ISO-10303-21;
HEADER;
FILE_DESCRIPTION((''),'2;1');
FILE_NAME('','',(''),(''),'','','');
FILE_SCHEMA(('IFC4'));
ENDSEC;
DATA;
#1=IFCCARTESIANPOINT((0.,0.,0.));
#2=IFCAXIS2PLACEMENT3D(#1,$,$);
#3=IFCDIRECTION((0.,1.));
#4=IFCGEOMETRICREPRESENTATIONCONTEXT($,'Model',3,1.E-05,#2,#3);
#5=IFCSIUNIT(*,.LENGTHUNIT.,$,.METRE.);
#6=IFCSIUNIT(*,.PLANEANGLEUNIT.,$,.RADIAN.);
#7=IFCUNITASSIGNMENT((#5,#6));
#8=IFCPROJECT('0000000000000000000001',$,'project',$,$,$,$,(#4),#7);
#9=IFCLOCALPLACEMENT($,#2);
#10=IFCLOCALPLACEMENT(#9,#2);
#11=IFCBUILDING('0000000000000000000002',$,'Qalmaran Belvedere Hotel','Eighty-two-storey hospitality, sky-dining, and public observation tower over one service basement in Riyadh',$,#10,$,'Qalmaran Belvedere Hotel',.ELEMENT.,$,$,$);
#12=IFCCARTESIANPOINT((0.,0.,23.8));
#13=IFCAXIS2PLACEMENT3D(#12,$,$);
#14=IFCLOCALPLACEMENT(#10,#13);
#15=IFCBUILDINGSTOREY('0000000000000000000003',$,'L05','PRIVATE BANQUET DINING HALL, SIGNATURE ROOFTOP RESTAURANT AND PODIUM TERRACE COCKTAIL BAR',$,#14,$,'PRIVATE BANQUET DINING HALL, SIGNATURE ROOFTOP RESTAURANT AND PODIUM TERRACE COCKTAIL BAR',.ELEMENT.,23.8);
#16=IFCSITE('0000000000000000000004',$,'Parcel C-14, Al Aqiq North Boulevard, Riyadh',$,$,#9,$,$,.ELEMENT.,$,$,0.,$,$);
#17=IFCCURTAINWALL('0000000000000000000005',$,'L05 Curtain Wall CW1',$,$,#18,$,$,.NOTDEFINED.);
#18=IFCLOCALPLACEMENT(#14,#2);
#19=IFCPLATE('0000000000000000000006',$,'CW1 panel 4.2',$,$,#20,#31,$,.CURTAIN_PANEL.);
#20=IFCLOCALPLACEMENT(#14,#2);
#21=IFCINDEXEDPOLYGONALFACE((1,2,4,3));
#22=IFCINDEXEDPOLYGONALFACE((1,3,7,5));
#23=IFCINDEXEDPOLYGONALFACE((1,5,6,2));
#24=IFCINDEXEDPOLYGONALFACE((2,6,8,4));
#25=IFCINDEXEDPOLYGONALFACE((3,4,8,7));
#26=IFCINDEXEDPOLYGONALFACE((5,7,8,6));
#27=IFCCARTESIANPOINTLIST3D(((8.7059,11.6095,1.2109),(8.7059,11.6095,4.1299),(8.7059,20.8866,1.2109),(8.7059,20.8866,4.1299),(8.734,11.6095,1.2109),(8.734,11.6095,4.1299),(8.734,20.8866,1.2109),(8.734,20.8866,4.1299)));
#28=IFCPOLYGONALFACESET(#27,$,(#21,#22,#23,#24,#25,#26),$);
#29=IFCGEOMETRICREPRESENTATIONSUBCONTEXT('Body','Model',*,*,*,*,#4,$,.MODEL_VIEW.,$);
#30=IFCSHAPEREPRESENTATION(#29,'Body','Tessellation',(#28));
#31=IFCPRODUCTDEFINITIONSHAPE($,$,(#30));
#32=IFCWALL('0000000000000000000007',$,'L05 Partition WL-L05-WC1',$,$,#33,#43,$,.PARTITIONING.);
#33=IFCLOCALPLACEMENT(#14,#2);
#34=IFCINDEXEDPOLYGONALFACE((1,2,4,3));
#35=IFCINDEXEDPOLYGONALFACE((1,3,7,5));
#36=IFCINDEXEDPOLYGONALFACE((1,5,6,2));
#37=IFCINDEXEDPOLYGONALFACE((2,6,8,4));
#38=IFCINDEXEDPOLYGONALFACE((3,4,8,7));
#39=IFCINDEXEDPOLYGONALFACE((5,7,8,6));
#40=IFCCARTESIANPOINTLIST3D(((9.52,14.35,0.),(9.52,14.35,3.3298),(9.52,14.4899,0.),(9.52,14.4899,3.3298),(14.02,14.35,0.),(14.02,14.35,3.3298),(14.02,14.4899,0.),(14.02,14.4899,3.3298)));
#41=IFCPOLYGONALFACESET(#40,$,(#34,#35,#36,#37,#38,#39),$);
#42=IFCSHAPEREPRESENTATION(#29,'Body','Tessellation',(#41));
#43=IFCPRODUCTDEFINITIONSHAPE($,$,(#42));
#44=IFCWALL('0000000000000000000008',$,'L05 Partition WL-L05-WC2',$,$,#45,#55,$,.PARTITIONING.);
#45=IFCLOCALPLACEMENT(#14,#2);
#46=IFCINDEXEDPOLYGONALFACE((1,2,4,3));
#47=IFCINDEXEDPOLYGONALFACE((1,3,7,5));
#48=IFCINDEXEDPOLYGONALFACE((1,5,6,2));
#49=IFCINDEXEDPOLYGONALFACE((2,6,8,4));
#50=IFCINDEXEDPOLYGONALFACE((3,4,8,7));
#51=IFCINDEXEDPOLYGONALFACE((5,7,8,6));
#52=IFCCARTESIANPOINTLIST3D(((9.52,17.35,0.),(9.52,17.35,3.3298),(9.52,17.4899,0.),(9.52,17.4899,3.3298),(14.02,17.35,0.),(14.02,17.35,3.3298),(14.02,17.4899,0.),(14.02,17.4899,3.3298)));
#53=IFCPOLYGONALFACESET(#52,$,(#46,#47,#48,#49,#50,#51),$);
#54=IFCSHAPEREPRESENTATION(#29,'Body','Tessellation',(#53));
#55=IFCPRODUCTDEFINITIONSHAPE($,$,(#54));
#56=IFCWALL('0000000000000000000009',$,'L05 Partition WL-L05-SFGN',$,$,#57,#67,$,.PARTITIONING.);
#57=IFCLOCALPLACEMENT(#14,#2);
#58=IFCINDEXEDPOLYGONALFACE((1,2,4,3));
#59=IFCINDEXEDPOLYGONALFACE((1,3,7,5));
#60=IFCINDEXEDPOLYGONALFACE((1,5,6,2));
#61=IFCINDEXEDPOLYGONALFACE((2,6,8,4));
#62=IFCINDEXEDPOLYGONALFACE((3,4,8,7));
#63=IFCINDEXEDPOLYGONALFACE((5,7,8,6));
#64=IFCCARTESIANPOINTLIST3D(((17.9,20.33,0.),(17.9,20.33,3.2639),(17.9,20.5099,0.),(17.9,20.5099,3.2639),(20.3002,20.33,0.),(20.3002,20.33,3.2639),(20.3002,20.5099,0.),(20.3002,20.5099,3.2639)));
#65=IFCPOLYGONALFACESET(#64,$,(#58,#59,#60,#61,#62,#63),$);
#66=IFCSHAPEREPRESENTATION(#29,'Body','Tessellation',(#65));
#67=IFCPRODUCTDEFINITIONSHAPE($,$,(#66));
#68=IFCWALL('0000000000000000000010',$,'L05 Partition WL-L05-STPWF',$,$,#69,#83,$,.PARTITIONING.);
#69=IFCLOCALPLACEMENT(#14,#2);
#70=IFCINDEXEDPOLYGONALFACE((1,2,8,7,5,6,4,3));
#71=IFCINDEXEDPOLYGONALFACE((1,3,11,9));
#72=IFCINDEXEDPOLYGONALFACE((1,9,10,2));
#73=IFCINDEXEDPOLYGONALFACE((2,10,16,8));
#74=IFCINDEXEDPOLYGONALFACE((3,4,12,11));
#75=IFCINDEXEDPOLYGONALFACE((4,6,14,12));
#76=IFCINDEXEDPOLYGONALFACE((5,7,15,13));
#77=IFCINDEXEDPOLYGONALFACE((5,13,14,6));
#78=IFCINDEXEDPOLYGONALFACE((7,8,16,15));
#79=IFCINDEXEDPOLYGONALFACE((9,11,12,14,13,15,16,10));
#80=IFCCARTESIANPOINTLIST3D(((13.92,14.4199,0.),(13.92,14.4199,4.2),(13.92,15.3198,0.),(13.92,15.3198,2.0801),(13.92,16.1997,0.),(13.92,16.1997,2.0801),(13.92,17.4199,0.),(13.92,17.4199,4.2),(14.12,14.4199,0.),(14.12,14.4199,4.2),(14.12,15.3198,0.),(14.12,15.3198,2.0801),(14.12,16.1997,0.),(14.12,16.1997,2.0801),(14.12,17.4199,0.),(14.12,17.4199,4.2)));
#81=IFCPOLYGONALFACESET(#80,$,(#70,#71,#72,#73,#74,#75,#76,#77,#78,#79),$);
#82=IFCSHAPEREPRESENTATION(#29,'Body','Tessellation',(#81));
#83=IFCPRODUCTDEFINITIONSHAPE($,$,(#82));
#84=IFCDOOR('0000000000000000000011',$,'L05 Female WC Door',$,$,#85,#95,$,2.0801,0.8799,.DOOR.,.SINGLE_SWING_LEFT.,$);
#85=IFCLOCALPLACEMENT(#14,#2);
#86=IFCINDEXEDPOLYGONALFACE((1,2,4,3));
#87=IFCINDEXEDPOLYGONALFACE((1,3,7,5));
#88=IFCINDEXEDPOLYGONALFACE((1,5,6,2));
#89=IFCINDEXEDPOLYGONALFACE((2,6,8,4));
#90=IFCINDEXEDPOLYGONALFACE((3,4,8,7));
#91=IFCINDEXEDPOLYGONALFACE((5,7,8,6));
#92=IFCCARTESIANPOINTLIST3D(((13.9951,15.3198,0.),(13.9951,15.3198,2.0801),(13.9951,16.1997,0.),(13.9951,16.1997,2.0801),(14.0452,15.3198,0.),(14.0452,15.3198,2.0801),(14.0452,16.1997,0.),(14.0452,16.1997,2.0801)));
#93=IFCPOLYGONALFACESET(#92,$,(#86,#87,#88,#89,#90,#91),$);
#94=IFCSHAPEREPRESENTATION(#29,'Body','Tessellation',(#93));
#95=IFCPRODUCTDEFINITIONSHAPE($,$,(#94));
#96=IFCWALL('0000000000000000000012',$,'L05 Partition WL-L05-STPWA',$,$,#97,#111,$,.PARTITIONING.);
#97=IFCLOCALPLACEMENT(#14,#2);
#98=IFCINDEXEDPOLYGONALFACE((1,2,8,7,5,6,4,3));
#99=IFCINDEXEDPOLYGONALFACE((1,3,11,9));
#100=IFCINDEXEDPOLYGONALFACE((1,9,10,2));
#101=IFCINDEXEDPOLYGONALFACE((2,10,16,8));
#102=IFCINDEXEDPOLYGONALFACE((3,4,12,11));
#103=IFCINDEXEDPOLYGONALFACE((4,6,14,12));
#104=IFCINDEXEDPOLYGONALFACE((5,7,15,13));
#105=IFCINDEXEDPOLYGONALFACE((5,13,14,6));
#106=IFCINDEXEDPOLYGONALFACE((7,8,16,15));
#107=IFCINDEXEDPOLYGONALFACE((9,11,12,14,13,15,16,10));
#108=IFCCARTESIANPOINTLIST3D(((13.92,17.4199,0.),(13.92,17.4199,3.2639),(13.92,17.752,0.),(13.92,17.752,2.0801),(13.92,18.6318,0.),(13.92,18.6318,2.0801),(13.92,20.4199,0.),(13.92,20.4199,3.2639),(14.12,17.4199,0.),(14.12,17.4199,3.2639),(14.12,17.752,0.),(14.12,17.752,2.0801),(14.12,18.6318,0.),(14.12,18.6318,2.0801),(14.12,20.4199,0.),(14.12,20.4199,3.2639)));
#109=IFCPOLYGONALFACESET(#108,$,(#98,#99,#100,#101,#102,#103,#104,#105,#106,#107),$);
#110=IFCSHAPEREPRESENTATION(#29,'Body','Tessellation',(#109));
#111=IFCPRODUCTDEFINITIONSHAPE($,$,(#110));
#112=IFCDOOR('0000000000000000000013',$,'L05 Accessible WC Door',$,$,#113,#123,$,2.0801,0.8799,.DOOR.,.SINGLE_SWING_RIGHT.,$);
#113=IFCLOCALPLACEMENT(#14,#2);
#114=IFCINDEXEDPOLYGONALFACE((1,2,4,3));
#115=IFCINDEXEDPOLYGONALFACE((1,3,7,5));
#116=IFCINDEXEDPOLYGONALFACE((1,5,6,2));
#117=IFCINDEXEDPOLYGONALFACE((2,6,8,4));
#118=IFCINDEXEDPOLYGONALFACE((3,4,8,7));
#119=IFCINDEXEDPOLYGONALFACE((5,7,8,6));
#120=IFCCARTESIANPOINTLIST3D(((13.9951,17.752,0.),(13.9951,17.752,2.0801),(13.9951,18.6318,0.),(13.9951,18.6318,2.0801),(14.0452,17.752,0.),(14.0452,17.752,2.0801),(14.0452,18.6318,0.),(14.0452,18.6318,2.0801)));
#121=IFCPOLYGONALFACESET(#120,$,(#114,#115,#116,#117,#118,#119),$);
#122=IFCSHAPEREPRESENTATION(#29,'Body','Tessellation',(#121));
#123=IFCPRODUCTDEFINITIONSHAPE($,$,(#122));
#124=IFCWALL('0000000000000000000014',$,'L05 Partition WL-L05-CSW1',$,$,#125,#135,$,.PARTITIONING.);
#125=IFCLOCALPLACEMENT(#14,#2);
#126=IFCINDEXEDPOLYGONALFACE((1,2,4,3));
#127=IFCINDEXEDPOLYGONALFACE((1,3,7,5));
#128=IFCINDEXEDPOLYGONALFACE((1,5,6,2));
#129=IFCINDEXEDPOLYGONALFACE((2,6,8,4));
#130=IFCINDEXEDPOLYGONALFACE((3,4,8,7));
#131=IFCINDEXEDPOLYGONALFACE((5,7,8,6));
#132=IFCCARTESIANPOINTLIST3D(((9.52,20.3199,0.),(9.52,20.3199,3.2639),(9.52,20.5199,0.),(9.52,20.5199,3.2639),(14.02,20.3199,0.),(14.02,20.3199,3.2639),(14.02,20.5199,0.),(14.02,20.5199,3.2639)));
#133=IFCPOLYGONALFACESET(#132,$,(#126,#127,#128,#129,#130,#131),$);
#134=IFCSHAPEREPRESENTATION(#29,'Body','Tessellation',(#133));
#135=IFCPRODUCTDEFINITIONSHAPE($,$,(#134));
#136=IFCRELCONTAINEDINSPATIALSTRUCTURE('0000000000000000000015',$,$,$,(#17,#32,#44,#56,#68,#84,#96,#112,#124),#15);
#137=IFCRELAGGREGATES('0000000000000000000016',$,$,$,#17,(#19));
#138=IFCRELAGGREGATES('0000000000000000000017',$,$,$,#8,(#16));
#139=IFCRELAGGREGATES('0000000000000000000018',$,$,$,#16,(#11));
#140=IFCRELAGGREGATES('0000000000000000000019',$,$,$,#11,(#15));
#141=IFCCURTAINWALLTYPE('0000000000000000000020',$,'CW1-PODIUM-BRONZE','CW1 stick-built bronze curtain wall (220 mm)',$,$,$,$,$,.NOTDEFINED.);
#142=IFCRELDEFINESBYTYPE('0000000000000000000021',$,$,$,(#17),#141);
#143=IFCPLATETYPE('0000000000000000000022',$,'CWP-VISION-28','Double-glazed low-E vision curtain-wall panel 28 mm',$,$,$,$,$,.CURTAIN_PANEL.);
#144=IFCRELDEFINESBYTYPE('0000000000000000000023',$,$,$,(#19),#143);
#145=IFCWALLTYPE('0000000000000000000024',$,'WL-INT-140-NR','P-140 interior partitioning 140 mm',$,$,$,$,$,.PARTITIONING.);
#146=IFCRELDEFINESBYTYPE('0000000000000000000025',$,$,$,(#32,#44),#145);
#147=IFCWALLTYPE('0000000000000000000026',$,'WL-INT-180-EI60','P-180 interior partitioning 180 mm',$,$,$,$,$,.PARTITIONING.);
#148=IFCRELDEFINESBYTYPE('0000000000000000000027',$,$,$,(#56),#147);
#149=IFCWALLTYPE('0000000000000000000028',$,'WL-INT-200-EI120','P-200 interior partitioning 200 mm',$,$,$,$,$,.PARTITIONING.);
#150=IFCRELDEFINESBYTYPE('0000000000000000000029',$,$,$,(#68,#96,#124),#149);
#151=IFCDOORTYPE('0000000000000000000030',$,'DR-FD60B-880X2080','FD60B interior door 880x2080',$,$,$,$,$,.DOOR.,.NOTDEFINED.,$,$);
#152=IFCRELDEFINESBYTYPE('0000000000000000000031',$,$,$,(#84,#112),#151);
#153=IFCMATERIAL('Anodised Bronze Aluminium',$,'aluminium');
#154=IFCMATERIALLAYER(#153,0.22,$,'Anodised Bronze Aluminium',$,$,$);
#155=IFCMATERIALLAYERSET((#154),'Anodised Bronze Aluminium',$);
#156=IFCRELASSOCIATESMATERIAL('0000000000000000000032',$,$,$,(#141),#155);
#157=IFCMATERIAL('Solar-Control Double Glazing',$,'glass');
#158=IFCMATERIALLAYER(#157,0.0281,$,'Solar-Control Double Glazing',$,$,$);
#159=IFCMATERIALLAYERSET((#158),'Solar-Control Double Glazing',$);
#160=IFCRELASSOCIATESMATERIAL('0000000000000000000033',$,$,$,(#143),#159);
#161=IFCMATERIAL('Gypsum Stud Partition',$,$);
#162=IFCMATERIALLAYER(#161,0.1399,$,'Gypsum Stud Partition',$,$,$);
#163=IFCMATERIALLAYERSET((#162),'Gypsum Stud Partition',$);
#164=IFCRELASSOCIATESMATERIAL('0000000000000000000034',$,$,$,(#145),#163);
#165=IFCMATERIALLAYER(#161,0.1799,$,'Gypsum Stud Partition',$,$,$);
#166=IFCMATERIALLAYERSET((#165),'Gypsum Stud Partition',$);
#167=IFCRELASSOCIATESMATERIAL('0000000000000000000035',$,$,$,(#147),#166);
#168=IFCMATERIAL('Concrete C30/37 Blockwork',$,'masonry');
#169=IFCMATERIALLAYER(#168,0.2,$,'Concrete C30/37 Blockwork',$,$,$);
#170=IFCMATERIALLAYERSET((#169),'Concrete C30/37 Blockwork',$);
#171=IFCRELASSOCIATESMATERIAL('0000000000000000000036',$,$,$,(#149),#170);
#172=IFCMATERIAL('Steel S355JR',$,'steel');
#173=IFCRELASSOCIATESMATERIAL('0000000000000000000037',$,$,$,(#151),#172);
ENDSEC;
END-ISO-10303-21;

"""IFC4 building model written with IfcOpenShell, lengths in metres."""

from ifc_helpers import new_model, si_unit, direction, frame, frame_2d, origin, origin_2d, place, context, subcontext, project, spatial, rectangle, extrude, material, layer, layer_set, type_object, element, fill, aggregate, save


model = new_model("IFC4")

# Units and contexts
model_context = context("Model", 3, precision=1e-05, world=origin(), true_north=direction((0.0, 1.0)))
body_context = subcontext(model_context, "Body", "Model", "MODEL_VIEW")
ifc_project = project(units=[si_unit("LENGTHUNIT", "METRE"), si_unit("PLANEANGLEUNIT", "RADIAN")], contexts=[model_context])

# Site, building, storey
site_placement = place(None, origin())
site = spatial("IfcSite", under=ifc_project, at=site_placement, Name="Parcel C-14, Al Aqiq North Boulevard, Riyadh", CompositionType="ELEMENT", RefElevation=0.0)
building_placement = place(site_placement, origin())
building = spatial("IfcBuilding", under=site, at=building_placement, Name="Qalmaran Belvedere Hotel", Description="Eighty-two-storey hospitality, sky-dining, and public observation tower over one service basement in Riyadh", LongName="Qalmaran Belvedere Hotel", CompositionType="ELEMENT")
storey_placement = place(building_placement, frame((0.0, 0.0, 23.8)))
storey = spatial("IfcBuildingStorey", under=building, at=storey_placement, Name="L05", Description="PRIVATE BANQUET DINING HALL, SIGNATURE ROOFTOP RESTAURANT AND PODIUM TERRACE COCKTAIL BAR", LongName="PRIVATE BANQUET DINING HALL, SIGNATURE ROOFTOP RESTAURANT AND PODIUM TERRACE COCKTAIL BAR", CompositionType="ELEMENT", Elevation=23.8)

# Shared definitions
ifc_material_1 = material(Name="Steel S355JR", Category="steel")

# Curtain wall, plate
ifc_material_2 = material(Name="Anodised Bronze Aluminium", Category="aluminium")
ifc_layer_1 = layer(ifc_material_2, 0.22, Name="Anodised Bronze Aluminium")
ifc_layer_set_1 = layer_set([ifc_layer_1], Name="Anodised Bronze Aluminium")
curtain_wall_type = type_object("IfcCurtainWallType", Name="CW1-PODIUM-BRONZE", Description="CW1 stick-built bronze curtain wall (220 mm)", PredefinedType="NOTDEFINED", material=ifc_layer_set_1)
curtain_wall_placement = place(storey_placement, origin())
curtain_wall = element("IfcCurtainWall", 1, at=curtain_wall_placement, inside=storey, type_object=curtain_wall_type, Name="L05 Curtain Wall CW1", PredefinedType="NOTDEFINED")
ifc_material_3 = material(Name="Solar-Control Double Glazing", Category="glass")
ifc_layer_2 = layer(ifc_material_3, 0.0281, Name="Solar-Control Double Glazing")
ifc_layer_set_2 = layer_set([ifc_layer_2], Name="Solar-Control Double Glazing")
plate_type_1 = type_object("IfcPlateType", Name="CWP-VISION-28", Description="Double-glazed low-E vision curtain-wall panel 28 mm", PredefinedType="CURTAIN_PANEL", material=ifc_layer_set_2)
plate_1_placement = place(storey_placement, frame((8.72, 16.248, 1.2109), z_axis=(0.0, 0.0, 1.0), x_axis=(0.0, -1.0, 0.0)))
plate_1 = element("IfcPlate", 2, at=plate_1_placement, type_object=plate_type_1, Name="CW1 panel 4.2", PredefinedType="CURTAIN_PANEL", context=body_context, shape_type="SweptSolid", body=[
    extrude(rectangle(XDim=9.2771, YDim=0.0281, at=origin_2d()), origin(), (0.0, 0.0, 1.0), 2.9189),
])
aggregate(curtain_wall, [plate_1])

# Walls
ifc_material_4 = material(Name="Gypsum Stud Partition")
ifc_layer_3 = layer(ifc_material_4, 0.1399, Name="Gypsum Stud Partition")
ifc_layer_set_3 = layer_set([ifc_layer_3], Name="Gypsum Stud Partition")
wall_type_1 = type_object("IfcWallType", Name="WL-INT-140-NR", Description="P-140 interior partitioning 140 mm", PredefinedType="PARTITIONING", material=ifc_layer_set_3)
for number, where, z_axis, x_axis, name in (
    (3, (9.52, 14.4199, 0.0), (0.0, 0.0, 1.0), (1.0, 0.0, 0.0), "L05 Partition WL-L05-WC1"),
    (4, (9.52, 17.4199, 0.0), (0.0, 0.0, 1.0), (1.0, 0.0, 0.0), "L05 Partition WL-L05-WC2"),
):
    element("IfcWall", number, at=place(storey_placement, frame(where, z_axis=z_axis, x_axis=x_axis)), inside=storey, type_object=wall_type_1, Name=name, PredefinedType="PARTITIONING", context=body_context, shape_type="SweptSolid", body=[
        extrude(rectangle(XDim=4.5, YDim=0.1399, at=frame_2d((2.25, 0.0))), origin(), (0.0, 0.0, 1.0), 3.3298),
    ])
ifc_layer_4 = layer(ifc_material_4, 0.1799, Name="Gypsum Stud Partition")
ifc_layer_set_4 = layer_set([ifc_layer_4], Name="Gypsum Stud Partition")
wall_type_2 = type_object("IfcWallType", Name="WL-INT-180-EI60", Description="P-180 interior partitioning 180 mm", PredefinedType="PARTITIONING", material=ifc_layer_set_4)
wall_1_placement = place(storey_placement, frame((17.8999, 20.4199, 0.0), z_axis=(0.0, 0.0, 1.0), x_axis=(1.0, 0.0, 0.0)))
element("IfcWall", 5, at=wall_1_placement, inside=storey, type_object=wall_type_2, Name="L05 Partition WL-L05-SFGN", PredefinedType="PARTITIONING", context=body_context, shape_type="SweptSolid", body=[
    extrude(rectangle(XDim=2.4001, YDim=0.1799, at=frame_2d((1.2002, 0.0))), origin(), (0.0, 0.0, 1.0), 3.2639),
])

# Walls, openings, doors
ifc_material_5 = material(Name="Concrete C30/37 Blockwork", Category="masonry")
ifc_layer_5 = layer(ifc_material_5, 0.2, Name="Concrete C30/37 Blockwork")
ifc_layer_set_5 = layer_set([ifc_layer_5], Name="Concrete C30/37 Blockwork")
wall_type_3 = type_object("IfcWallType", Name="WL-INT-200-EI120", Description="P-200 interior partitioning 200 mm", PredefinedType="PARTITIONING", material=ifc_layer_set_5)
wall_2_placement = place(storey_placement, frame((14.02, 14.4199, 0.0), z_axis=(0.0, 0.0, 1.0), x_axis=(0.0, 1.0, 0.0)))
wall_2 = element("IfcWall", 6, at=wall_2_placement, inside=storey, type_object=wall_type_3, Name="L05 Partition WL-L05-STPWF", PredefinedType="PARTITIONING", context=body_context, shape_type="SweptSolid", body=[
    extrude(rectangle(XDim=3.0, YDim=0.2, at=frame_2d((1.5, 0.0))), origin(), (0.0, 0.0, 1.0), 4.2),
])
opening_1_placement = place(wall_2_placement, frame((0.8999, 0.0, 0.0)))
opening_1 = element("IfcOpeningElement", 7, at=opening_1_placement, cuts=wall_2, PredefinedType="OPENING", context=body_context, shape_type="SweptSolid", body=[
    extrude(rectangle(XDim=0.8799, YDim=2.0801, at=frame_2d((0.4399, 1.04))), frame((0.0, 0.1099, 0.0), z_axis=(0.0, -1.0, 0.0), x_axis=(1.0, 0.0, 0.0)), (0.0, 0.0, 1.0), 0.22),
])
door_type_1 = type_object("IfcDoorType", Name="DR-FD60B-880X2080", Description="FD60B interior door 880x2080", OperationType="NOTDEFINED", PredefinedType="DOOR", material=ifc_material_1)
door_1_placement = place(opening_1_placement, origin())
door_1 = element("IfcDoor", 8, at=door_1_placement, inside=storey, type_object=door_type_1, Name="L05 Female WC Door", OperationType="SINGLE_SWING_LEFT", OverallHeight=2.0801, OverallWidth=0.8799, PredefinedType="DOOR", context=body_context, shape_type="SweptSolid", body=[
    extrude(rectangle(XDim=0.8799, YDim=2.0801, at=frame_2d((0.4399, 1.04))), frame((0.0, 0.0249, 0.0), z_axis=(0.0, -1.0, 0.0), x_axis=(1.0, 0.0, 0.0)), (0.0, 0.0, 1.0), 0.05),
])
fill(opening_1, door_1)
wall_3_placement = place(storey_placement, frame((14.02, 17.4199, 0.0), z_axis=(0.0, 0.0, 1.0), x_axis=(0.0, 1.0, 0.0)))
wall_3 = element("IfcWall", 9, at=wall_3_placement, inside=storey, type_object=wall_type_3, Name="L05 Partition WL-L05-STPWA", PredefinedType="PARTITIONING", context=body_context, shape_type="SweptSolid", body=[
    extrude(rectangle(XDim=3.0, YDim=0.2, at=frame_2d((1.5, 0.0))), origin(), (0.0, 0.0, 1.0), 3.2639),
])
opening_2_placement = place(wall_3_placement, frame((0.332, 0.0, 0.0)))
opening_2 = element("IfcOpeningElement", 10, at=opening_2_placement, cuts=wall_3, PredefinedType="OPENING", context=body_context, shape_type="SweptSolid", body=[
    extrude(rectangle(XDim=0.8799, YDim=2.0801, at=frame_2d((0.4399, 1.04))), frame((0.0, 0.1099, 0.0), z_axis=(0.0, -1.0, 0.0), x_axis=(1.0, 0.0, 0.0)), (0.0, 0.0, 1.0), 0.22),
])
door_2_placement = place(opening_2_placement, origin())
door_2 = element("IfcDoor", 11, at=door_2_placement, inside=storey, type_object=door_type_1, Name="L05 Accessible WC Door", OperationType="SINGLE_SWING_RIGHT", OverallHeight=2.0801, OverallWidth=0.8799, PredefinedType="DOOR", context=body_context, shape_type="SweptSolid", body=[
    extrude(rectangle(XDim=0.8799, YDim=2.0801, at=frame_2d((0.4399, 1.04))), frame((0.0, 0.0249, 0.0), z_axis=(0.0, -1.0, 0.0), x_axis=(1.0, 0.0, 0.0)), (0.0, 0.0, 1.0), 0.05),
])
fill(opening_2, door_2)

# Wall
wall_4_placement = place(storey_placement, frame((9.52, 20.4199, 0.0), z_axis=(0.0, 0.0, 1.0), x_axis=(1.0, 0.0, 0.0)))
element("IfcWall", 12, at=wall_4_placement, inside=storey, type_object=wall_type_3, Name="L05 Partition WL-L05-CSW1", PredefinedType="PARTITIONING", context=body_context, shape_type="SweptSolid", body=[
    extrude(rectangle(XDim=4.5, YDim=0.2, at=frame_2d((2.25, 0.0))), origin(), (0.0, 0.0, 1.0), 3.2639),
])

save(model, "model.ifc")
